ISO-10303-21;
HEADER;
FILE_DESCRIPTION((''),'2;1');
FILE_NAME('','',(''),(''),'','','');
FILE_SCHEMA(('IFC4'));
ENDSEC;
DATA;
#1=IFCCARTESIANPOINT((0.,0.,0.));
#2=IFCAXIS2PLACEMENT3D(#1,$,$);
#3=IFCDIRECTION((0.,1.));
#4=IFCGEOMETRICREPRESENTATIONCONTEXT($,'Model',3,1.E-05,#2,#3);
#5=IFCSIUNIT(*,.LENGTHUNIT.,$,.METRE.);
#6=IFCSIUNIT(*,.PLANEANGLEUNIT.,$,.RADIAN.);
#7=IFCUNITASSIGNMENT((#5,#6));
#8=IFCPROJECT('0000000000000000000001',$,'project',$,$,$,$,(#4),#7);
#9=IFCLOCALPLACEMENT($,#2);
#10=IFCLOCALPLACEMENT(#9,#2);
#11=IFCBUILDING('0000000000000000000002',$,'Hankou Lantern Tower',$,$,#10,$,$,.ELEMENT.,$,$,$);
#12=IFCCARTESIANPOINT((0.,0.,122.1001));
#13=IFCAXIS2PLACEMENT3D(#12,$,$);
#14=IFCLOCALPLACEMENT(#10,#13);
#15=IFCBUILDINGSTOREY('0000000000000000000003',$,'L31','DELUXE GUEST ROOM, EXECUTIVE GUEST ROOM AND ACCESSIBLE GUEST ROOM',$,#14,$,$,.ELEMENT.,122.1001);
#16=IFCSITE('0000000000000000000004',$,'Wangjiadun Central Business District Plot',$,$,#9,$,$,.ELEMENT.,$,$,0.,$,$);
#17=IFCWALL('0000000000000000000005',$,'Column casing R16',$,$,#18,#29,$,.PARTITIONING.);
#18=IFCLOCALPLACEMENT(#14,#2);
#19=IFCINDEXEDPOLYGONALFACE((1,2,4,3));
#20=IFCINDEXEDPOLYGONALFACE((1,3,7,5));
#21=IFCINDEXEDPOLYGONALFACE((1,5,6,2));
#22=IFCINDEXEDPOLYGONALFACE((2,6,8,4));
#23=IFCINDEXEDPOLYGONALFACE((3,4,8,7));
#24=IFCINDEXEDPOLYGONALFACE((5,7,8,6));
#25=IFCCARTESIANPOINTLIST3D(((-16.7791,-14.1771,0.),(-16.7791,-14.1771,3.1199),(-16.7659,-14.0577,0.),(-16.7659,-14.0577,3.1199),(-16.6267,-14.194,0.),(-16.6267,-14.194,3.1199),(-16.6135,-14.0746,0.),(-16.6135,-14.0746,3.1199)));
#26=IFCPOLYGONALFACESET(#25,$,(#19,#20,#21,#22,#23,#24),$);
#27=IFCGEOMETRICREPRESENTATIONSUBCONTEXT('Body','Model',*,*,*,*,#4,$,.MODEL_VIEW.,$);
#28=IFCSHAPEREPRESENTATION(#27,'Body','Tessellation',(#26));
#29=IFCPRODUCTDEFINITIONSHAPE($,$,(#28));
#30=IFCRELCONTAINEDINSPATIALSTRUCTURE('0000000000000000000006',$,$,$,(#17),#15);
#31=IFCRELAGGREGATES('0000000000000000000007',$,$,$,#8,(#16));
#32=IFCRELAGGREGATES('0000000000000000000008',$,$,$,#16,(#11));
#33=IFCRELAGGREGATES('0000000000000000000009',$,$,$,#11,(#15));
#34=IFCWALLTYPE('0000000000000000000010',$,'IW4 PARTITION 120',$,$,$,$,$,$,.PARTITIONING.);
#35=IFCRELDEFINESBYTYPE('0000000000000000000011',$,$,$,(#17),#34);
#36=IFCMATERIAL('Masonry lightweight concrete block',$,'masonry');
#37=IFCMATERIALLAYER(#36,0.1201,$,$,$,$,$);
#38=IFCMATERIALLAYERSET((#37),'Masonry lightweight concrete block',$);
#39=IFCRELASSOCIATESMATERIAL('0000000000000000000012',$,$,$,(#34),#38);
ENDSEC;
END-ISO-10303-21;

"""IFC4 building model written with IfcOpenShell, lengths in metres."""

from ifc_helpers import new_model, si_unit, direction, frame, frame_2d, origin, place, context, subcontext, project, spatial, rectangle, extrude, material, layer, layer_set, type_object, element, save


model = new_model("IFC4")

# Units and contexts
model_context = context("Model", 3, precision=1e-05, world=origin(), true_north=direction((0.0, 1.0)))
body_context = subcontext(model_context, "Body", "Model", "MODEL_VIEW")
ifc_project = project(units=[si_unit("LENGTHUNIT", "METRE"), si_unit("PLANEANGLEUNIT", "RADIAN")], contexts=[model_context])

# Site, building, storey
site_placement = place(None, origin())
site = spatial("IfcSite", under=ifc_project, at=site_placement, Name="Wangjiadun Central Business District Plot", CompositionType="ELEMENT", RefElevation=0.0)
building_placement = place(site_placement, origin())
building = spatial("IfcBuilding", under=site, at=building_placement, Name="Hankou Lantern Tower", CompositionType="ELEMENT")
storey_placement = place(building_placement, frame((0.0, 0.0, 122.1001)))
storey = spatial("IfcBuildingStorey", under=building, at=storey_placement, Name="L31", Description="DELUXE GUEST ROOM, EXECUTIVE GUEST ROOM AND ACCESSIBLE GUEST ROOM", CompositionType="ELEMENT", Elevation=122.1001)

# Wall
ifc_material_1 = material(Name="Masonry lightweight concrete block", Category="masonry")
ifc_layer_1 = layer(ifc_material_1, 0.1201)
ifc_layer_set_1 = layer_set([ifc_layer_1], Name="Masonry lightweight concrete block")
wall_type_1 = type_object("IfcWallType", Name="IW4 PARTITION 120", PredefinedType="PARTITIONING", material=ifc_layer_set_1)
wall_1_placement = place(storey_placement, frame((-16.6201, -14.1343, 0.0), z_axis=(0.0, 0.0, 1.0), x_axis=(-0.993942, 0.109907, 0.0)))
element("IfcWall", 1, at=wall_1_placement, inside=storey, type_object=wall_type_1, Name="Column casing R16", PredefinedType="PARTITIONING", context=body_context, shape_type="SweptSolid", body=[
    extrude(rectangle(XDim=0.1533, YDim=0.1201, at=frame_2d((0.0767, 0.0))), origin(), (0.0, 0.0, 1.0), 3.1199),
])

save(model, "model.ifc")
